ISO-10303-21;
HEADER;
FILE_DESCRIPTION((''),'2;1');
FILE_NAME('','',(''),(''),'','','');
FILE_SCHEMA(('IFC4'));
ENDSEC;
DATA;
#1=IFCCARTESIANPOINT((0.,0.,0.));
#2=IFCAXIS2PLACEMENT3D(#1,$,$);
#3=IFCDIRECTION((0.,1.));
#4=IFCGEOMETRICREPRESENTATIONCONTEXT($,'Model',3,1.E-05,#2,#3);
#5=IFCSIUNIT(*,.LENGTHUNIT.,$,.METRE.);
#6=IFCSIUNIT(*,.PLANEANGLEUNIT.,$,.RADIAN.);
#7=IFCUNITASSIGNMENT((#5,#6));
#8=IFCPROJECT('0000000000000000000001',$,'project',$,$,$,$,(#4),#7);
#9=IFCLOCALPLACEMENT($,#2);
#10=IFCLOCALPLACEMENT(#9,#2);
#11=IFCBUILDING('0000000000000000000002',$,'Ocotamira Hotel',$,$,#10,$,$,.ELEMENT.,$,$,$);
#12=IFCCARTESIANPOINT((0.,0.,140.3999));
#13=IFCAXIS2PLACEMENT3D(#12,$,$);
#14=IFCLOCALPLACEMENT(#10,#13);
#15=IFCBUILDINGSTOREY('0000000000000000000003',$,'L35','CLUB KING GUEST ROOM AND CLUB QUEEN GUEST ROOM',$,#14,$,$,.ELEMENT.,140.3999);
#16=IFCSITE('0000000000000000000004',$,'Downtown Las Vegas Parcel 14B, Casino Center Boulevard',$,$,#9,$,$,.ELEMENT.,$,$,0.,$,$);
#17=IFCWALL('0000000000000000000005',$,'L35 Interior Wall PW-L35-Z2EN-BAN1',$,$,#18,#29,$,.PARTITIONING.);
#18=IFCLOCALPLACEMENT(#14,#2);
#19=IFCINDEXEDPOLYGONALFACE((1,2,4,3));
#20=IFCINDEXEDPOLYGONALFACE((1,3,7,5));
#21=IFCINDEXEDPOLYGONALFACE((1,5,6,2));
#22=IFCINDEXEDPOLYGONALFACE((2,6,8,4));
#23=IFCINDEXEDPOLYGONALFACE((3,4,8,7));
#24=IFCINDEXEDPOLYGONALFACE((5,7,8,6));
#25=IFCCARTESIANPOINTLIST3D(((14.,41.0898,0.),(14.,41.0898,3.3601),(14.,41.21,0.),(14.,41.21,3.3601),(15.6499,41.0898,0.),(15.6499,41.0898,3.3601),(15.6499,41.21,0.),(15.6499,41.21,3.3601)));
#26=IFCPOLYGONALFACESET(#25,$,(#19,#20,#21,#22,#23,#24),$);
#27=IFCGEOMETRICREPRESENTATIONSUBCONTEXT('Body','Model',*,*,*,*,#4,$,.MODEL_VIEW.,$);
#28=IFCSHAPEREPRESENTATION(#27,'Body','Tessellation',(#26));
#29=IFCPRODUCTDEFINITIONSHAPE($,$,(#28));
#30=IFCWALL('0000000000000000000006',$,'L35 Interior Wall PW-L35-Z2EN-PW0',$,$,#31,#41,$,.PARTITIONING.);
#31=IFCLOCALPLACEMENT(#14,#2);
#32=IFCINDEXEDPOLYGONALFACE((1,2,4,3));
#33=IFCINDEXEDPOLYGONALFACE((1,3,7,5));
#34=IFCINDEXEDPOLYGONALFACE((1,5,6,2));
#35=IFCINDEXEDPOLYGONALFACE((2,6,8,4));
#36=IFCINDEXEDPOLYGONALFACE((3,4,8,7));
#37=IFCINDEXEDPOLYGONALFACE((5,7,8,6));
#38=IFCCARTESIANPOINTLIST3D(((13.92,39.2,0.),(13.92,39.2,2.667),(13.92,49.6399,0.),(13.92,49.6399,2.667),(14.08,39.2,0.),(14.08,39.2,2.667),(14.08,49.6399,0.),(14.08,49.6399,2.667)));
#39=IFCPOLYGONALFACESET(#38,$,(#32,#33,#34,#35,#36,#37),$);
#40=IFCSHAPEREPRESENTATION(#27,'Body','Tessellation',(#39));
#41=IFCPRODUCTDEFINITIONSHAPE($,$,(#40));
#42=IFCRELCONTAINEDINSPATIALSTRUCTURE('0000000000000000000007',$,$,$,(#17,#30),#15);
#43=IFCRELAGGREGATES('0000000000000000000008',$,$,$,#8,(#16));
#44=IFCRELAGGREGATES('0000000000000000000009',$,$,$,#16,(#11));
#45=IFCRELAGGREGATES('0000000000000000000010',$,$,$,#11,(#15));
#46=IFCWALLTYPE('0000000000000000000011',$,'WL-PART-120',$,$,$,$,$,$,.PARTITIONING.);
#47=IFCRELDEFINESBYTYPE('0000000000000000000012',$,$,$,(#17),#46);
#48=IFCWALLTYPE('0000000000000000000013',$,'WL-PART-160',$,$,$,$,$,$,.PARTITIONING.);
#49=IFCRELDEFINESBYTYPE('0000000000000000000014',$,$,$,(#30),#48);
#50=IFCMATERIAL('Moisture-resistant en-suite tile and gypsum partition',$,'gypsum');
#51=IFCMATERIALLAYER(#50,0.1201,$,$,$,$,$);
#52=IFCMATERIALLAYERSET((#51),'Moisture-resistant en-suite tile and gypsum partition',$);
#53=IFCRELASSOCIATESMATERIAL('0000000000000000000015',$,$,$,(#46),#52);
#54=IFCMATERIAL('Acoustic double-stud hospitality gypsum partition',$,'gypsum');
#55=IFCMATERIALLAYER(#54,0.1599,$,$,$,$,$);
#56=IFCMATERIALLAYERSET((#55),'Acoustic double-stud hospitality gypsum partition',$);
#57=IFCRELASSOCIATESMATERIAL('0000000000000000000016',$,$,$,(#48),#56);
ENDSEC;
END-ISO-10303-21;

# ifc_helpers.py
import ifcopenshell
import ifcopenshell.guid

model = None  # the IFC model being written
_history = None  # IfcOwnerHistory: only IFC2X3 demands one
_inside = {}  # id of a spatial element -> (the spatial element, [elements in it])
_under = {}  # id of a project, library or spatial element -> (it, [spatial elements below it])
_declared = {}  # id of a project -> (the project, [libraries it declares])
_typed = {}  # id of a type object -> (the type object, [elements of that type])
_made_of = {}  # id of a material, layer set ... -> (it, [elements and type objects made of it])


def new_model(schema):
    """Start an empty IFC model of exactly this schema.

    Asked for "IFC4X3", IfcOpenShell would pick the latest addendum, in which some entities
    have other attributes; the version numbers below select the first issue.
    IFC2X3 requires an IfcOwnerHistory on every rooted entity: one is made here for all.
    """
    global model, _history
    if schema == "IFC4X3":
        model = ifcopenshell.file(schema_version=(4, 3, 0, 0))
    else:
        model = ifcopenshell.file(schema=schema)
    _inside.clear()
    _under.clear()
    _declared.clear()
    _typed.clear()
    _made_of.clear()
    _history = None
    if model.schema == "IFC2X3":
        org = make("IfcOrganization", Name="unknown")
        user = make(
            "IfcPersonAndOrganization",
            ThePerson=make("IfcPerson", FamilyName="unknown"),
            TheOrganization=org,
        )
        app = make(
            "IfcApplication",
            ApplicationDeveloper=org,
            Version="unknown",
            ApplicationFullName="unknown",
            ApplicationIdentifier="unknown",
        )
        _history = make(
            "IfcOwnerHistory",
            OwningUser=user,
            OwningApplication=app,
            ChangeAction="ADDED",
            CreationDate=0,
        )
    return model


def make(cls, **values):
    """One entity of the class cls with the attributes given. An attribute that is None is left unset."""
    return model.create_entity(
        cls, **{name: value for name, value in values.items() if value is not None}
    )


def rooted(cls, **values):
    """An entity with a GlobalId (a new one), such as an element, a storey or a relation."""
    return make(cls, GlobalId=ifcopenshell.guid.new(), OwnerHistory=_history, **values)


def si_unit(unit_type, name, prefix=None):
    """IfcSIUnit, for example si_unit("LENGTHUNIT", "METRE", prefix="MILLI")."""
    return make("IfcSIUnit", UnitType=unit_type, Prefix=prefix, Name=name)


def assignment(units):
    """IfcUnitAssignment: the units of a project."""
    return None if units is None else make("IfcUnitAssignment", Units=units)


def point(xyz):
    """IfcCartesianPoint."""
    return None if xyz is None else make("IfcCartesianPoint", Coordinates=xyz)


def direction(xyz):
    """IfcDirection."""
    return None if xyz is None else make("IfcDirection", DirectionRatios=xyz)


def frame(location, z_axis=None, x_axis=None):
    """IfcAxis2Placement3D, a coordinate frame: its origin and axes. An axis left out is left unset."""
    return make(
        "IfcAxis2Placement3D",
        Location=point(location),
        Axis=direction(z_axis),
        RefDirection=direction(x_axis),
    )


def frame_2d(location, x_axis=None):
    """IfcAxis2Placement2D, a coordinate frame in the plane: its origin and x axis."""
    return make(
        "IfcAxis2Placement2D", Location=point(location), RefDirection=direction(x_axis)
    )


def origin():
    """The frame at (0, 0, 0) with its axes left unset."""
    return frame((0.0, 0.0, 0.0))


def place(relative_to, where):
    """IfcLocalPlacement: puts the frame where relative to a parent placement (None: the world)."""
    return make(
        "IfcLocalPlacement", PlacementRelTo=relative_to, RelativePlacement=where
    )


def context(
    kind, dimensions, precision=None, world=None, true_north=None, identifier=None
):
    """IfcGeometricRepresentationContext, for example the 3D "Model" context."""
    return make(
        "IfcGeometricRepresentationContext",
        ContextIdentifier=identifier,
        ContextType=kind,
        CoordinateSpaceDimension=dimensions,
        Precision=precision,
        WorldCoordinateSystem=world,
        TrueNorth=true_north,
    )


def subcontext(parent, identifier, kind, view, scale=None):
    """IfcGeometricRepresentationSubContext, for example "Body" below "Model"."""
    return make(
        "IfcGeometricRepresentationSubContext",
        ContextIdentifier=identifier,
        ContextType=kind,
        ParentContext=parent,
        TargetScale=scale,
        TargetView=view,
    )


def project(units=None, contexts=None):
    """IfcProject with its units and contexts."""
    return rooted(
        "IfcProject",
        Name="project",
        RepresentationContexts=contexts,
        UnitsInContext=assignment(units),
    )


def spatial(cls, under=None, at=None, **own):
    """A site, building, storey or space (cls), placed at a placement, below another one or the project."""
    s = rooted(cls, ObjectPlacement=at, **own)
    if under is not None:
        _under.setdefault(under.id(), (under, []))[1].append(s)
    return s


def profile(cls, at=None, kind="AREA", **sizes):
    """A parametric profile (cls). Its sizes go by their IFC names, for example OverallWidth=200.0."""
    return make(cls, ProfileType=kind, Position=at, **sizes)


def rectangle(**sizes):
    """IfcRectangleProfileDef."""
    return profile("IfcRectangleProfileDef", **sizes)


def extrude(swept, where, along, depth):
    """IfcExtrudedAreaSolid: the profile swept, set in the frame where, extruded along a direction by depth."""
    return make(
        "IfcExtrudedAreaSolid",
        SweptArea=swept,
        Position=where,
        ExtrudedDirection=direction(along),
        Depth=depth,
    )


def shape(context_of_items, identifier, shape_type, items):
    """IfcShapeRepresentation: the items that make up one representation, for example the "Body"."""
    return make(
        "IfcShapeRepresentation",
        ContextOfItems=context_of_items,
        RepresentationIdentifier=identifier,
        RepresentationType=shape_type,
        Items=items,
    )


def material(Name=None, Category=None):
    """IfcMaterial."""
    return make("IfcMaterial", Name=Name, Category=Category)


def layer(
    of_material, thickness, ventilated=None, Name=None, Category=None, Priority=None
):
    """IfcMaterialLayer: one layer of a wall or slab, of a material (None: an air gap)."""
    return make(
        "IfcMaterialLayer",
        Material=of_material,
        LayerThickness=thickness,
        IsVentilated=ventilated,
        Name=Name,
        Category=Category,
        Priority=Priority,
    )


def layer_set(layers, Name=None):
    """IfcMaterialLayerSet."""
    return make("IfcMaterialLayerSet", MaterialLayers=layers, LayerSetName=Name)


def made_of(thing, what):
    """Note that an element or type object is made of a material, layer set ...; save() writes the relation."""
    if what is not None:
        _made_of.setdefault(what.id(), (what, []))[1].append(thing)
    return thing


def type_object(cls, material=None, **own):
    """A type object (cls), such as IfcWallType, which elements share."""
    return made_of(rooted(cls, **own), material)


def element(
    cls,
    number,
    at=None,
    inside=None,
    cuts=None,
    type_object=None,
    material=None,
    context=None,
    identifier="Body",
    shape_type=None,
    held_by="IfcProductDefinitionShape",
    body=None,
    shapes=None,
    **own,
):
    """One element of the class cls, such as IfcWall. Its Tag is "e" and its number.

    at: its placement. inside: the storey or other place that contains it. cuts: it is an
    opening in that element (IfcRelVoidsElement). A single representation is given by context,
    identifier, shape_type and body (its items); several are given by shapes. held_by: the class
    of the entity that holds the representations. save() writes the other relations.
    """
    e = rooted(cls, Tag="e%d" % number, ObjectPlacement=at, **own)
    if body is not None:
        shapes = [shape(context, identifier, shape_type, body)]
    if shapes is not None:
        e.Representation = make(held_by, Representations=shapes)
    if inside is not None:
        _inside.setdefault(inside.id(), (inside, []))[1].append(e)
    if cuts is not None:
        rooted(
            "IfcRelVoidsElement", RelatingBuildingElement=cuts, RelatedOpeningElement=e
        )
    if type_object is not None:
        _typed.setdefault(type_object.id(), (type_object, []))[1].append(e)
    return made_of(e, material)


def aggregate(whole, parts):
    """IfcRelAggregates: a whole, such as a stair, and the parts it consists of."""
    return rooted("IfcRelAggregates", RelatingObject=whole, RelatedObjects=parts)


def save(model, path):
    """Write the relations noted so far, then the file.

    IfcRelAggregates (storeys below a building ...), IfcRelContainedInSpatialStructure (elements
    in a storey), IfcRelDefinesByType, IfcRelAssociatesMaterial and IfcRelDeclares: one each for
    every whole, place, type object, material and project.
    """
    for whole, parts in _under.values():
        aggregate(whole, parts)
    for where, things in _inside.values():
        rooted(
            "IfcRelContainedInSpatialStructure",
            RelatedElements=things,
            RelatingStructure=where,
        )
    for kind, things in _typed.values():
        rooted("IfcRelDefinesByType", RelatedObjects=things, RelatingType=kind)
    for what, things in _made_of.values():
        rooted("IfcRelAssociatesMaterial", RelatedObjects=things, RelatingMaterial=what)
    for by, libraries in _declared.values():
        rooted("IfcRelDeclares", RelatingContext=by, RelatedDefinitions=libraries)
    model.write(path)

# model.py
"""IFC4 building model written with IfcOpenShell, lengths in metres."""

from ifc_helpers import new_model, si_unit, direction, frame, frame_2d, origin, place, context, subcontext, project, spatial, rectangle, extrude, material, layer, layer_set, type_object, element, save


model = new_model("IFC4")

# Units and contexts
model_context = context("Model", 3, precision=1e-05, world=origin(), true_north=direction((0.0, 1.0)))
body_context = subcontext(model_context, "Body", "Model", "MODEL_VIEW")
ifc_project = project(units=[si_unit("LENGTHUNIT", "METRE"), si_unit("PLANEANGLEUNIT", "RADIAN")], contexts=[model_context])

# Site, building, storey
site_placement = place(None, origin())
site = spatial("IfcSite", under=ifc_project, at=site_placement, Name="Downtown Las Vegas Parcel 14B, Casino Center Boulevard", CompositionType="ELEMENT", RefElevation=0.0)
building_placement = place(site_placement, origin())
building = spatial("IfcBuilding", under=site, at=building_placement, Name="Ocotamira Hotel", CompositionType="ELEMENT")
storey_placement = place(building_placement, frame((0.0, 0.0, 140.3999)))
storey = spatial("IfcBuildingStorey", under=building, at=storey_placement, Name="L35", Description="CLUB KING GUEST ROOM AND CLUB QUEEN GUEST ROOM", CompositionType="ELEMENT", Elevation=140.3999)

# Shared definitions
ifc_material_1 = material(Name="Moisture-resistant en-suite tile and gypsum partition", Category="gypsum")
ifc_layer_1 = layer(ifc_material_1, 0.1201)
ifc_layer_set_1 = layer_set([ifc_layer_1], Name="Moisture-resistant en-suite tile and gypsum partition")
wall_type_1 = type_object("IfcWallType", Name="WL-PART-120", PredefinedType="PARTITIONING", material=ifc_layer_set_1)

# Walls
wall_1_placement = place(storey_placement, frame((14.0, 41.1499, 0.0), z_axis=(0.0, 0.0, 1.0), x_axis=(1.0, 0.0, 0.0)))
element("IfcWall", 1, at=wall_1_placement, inside=storey, type_object=wall_type_1, Name="L35 Interior Wall PW-L35-Z2EN-BAN1", PredefinedType="PARTITIONING", context=body_context, shape_type="SweptSolid", body=[
    extrude(rectangle(XDim=1.6499, YDim=0.1201, at=frame_2d((0.825, 0.0))), origin(), (0.0, 0.0, 1.0), 3.3601),
])
ifc_material_2 = material(Name="Acoustic double-stud hospitality gypsum partition", Category="gypsum")
ifc_layer_2 = layer(ifc_material_2, 0.1599)
ifc_layer_set_2 = layer_set([ifc_layer_2], Name="Acoustic double-stud hospitality gypsum partition")
wall_type_2 = type_object("IfcWallType", Name="WL-PART-160", PredefinedType="PARTITIONING", material=ifc_layer_set_2)
wall_2_placement = place(storey_placement, frame((14.0, 39.2, 0.0), z_axis=(0.0, 0.0, 1.0), x_axis=(0.0, 1.0, 0.0)))
element("IfcWall", 2, at=wall_2_placement, inside=storey, type_object=wall_type_2, Name="L35 Interior Wall PW-L35-Z2EN-PW0", PredefinedType="PARTITIONING", context=body_context, shape_type="SweptSolid", body=[
    extrude(rectangle(XDim=10.4399, YDim=0.1599, at=frame_2d((5.22, 0.0))), origin(), (0.0, 0.0, 1.0), 2.667),
])

save(model, "model.ifc")
